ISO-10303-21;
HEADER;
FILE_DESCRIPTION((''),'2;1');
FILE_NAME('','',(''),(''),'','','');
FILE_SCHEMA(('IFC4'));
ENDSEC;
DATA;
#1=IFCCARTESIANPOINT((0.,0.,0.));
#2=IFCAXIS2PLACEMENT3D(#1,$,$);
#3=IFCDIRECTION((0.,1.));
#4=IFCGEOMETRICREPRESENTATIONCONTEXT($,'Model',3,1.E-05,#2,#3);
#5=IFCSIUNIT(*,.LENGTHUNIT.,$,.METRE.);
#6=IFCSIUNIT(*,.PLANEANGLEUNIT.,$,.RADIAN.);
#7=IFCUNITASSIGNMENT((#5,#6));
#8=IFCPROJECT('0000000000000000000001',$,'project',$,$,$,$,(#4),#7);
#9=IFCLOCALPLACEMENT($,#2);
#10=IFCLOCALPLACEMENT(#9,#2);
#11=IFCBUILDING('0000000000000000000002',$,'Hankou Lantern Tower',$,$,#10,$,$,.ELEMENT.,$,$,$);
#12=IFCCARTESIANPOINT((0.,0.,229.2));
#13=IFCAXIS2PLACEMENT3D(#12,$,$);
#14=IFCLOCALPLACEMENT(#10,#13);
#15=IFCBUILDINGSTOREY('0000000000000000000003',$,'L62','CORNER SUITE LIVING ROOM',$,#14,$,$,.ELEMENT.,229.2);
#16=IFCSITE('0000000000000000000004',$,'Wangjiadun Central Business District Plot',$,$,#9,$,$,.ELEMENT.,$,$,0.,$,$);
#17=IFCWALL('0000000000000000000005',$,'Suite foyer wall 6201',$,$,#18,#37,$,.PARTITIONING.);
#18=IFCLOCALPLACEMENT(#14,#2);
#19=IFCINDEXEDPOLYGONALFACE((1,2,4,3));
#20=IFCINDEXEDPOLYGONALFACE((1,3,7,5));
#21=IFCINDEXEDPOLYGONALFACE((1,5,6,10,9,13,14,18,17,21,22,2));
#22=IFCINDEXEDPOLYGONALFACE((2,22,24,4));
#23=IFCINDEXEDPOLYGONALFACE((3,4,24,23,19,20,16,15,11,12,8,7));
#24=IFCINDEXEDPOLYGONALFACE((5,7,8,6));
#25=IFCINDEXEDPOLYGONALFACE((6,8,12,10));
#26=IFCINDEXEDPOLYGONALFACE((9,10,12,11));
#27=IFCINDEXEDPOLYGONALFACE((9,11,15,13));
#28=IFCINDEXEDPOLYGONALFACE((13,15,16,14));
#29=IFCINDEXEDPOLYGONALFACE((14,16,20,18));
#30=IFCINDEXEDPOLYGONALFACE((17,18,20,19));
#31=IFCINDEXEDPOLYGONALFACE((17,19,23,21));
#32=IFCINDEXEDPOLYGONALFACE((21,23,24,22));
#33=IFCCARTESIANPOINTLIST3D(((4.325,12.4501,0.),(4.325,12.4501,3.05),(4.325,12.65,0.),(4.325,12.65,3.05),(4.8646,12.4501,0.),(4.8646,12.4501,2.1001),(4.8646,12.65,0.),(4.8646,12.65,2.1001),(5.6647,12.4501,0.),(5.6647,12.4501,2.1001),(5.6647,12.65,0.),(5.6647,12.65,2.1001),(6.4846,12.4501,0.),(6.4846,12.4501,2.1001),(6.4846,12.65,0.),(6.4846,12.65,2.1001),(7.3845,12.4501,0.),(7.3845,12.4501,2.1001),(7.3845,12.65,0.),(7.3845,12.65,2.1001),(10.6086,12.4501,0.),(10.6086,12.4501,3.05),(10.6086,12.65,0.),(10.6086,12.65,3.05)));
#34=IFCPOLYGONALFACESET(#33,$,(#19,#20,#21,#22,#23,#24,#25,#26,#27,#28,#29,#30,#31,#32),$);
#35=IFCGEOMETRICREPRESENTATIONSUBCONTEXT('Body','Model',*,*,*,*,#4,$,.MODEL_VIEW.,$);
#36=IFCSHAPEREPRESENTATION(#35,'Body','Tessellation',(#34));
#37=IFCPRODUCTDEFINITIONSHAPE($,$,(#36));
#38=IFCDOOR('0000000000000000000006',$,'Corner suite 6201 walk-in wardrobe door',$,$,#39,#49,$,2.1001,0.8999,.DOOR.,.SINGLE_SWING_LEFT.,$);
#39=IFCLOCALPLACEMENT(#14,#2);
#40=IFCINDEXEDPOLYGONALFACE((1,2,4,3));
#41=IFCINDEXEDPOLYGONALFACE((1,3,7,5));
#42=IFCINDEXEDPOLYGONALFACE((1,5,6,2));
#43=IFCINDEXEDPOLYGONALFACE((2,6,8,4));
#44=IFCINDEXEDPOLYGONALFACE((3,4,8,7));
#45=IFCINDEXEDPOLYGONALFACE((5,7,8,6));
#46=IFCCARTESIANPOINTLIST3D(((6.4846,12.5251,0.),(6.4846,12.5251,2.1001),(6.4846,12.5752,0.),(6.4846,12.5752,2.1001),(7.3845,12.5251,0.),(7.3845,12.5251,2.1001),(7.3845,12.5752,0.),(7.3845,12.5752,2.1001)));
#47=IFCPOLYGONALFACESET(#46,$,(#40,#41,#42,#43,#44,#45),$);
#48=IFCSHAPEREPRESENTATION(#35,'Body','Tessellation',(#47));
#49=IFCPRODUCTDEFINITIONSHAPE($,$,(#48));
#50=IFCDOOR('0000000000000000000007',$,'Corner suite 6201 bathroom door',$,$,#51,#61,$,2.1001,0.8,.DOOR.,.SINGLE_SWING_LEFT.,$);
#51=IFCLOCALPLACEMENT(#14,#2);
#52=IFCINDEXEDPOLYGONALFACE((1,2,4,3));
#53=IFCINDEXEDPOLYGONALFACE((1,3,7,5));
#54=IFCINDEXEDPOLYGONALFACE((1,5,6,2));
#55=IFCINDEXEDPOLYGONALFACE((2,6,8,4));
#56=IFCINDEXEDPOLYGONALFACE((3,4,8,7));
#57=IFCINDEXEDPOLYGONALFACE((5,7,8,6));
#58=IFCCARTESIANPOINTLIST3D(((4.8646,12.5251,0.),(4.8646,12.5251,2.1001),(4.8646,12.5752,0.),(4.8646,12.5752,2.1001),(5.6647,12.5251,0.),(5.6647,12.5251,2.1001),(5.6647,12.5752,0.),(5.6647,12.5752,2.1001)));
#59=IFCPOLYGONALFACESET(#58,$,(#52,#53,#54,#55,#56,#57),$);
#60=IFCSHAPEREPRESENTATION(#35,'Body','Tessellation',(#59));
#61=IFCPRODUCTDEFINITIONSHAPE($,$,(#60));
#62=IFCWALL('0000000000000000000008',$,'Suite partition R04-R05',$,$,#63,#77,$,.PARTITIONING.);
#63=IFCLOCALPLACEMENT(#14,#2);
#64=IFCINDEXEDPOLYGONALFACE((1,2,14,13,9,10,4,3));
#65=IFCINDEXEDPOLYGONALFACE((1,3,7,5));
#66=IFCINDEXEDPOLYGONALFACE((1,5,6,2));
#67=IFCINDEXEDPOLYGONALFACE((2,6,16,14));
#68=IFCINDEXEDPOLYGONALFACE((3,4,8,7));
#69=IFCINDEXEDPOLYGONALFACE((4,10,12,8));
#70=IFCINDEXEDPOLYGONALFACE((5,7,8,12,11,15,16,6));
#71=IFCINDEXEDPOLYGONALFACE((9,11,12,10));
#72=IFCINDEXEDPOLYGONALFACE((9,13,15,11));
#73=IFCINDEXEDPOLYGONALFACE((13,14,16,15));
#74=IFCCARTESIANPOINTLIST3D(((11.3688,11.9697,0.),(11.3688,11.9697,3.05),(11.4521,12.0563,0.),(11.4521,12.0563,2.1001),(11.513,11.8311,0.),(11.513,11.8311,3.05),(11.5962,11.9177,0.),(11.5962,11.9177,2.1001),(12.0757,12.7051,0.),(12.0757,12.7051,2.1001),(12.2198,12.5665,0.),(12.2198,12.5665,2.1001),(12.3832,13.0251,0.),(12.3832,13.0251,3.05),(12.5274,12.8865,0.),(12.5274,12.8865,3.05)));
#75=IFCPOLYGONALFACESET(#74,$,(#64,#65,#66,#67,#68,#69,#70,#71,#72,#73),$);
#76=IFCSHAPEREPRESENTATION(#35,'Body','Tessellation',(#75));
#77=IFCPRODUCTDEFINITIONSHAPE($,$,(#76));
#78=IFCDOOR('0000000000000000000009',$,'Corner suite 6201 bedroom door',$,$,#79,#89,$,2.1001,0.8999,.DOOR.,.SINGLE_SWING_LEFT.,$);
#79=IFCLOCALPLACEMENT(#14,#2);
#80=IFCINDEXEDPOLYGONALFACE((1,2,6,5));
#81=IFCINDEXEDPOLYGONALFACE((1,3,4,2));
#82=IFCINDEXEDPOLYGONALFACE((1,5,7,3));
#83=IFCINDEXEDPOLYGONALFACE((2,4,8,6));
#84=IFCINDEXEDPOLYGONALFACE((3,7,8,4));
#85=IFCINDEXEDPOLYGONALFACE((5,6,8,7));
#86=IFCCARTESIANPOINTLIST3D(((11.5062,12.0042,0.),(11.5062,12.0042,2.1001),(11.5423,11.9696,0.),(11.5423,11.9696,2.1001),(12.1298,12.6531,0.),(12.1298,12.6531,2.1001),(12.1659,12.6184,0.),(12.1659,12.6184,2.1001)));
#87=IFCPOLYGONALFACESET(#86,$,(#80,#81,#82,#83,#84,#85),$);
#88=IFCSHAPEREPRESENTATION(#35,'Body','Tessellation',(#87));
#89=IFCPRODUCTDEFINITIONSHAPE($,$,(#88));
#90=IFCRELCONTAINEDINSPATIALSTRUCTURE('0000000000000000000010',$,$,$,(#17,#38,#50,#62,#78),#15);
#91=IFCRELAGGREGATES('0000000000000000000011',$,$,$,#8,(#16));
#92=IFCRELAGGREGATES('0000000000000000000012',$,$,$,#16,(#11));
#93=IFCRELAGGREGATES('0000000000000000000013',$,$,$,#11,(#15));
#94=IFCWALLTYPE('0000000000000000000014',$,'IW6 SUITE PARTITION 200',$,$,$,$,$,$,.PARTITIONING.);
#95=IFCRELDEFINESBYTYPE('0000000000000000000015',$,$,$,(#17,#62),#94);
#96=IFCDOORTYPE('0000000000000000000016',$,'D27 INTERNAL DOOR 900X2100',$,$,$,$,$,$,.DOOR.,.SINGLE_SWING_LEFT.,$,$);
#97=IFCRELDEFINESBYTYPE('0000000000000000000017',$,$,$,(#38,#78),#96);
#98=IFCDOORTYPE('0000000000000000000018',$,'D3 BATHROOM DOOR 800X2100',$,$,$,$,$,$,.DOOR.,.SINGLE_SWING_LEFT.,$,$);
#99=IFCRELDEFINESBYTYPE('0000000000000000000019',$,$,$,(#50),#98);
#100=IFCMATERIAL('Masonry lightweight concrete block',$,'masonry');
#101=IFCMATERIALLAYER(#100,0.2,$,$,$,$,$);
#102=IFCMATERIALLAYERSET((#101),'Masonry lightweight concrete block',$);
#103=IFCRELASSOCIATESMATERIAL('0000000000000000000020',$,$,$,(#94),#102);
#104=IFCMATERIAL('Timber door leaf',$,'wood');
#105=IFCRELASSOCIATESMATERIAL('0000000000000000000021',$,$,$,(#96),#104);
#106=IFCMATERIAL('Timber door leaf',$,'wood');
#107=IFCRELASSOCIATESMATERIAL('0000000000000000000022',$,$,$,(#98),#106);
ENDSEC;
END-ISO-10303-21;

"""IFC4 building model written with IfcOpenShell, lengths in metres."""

from ifc_helpers import new_model, si_unit, direction, frame, frame_2d, origin, place, context, subcontext, project, spatial, rectangle, extrude, material, layer, layer_set, type_object, element, fill, save


model = new_model("IFC4")

# Units and contexts
model_context = context("Model", 3, precision=1e-05, world=origin(), true_north=direction((0.0, 1.0)))
body_context = subcontext(model_context, "Body", "Model", "MODEL_VIEW")
ifc_project = project(units=[si_unit("LENGTHUNIT", "METRE"), si_unit("PLANEANGLEUNIT", "RADIAN")], contexts=[model_context])

# Site, building, storey
site_placement = place(None, origin())
site = spatial("IfcSite", under=ifc_project, at=site_placement, Name="Wangjiadun Central Business District Plot", CompositionType="ELEMENT", RefElevation=0.0)
building_placement = place(site_placement, origin())
building = spatial("IfcBuilding", under=site, at=building_placement, Name="Hankou Lantern Tower", CompositionType="ELEMENT")
storey_placement = place(building_placement, frame((0.0, 0.0, 229.2)))
storey = spatial("IfcBuildingStorey", under=building, at=storey_placement, Name="L62", Description="CORNER SUITE LIVING ROOM", CompositionType="ELEMENT", Elevation=229.2)

# Shared definitions
ifc_material_1 = material(Name="Masonry lightweight concrete block", Category="masonry")
ifc_layer_1 = layer(ifc_material_1, 0.2)
ifc_layer_set_1 = layer_set([ifc_layer_1], Name="Masonry lightweight concrete block")
wall_type_1 = type_object("IfcWallType", Name="IW6 SUITE PARTITION 200", PredefinedType="PARTITIONING", material=ifc_layer_set_1)

# Wall, openings, doors
wall_1_placement = place(storey_placement, frame((10.6086, 12.55, 0.0), z_axis=(0.0, 0.0, 1.0), x_axis=(-1.0, 0.0, 0.0)))
wall_1 = element("IfcWall", 1, at=wall_1_placement, inside=storey, type_object=wall_type_1, Name="Suite foyer wall 6201", PredefinedType="PARTITIONING", context=body_context, shape_type="SweptSolid", body=[
    extrude(rectangle(XDim=6.2837, YDim=0.2, at=frame_2d((3.1418, 0.0))), origin(), (0.0, 0.0, 1.0), 3.05),
])
opening_1_placement = place(wall_1_placement, frame((3.2241, 0.0, 0.0)))
opening_1 = element("IfcOpeningElement", 2, at=opening_1_placement, cuts=wall_1, PredefinedType="OPENING", context=body_context, shape_type="SweptSolid", body=[
    extrude(rectangle(XDim=0.8999, YDim=2.1001, at=frame_2d((0.45, 1.05))), frame((0.0, 0.1099, 0.0), z_axis=(0.0, -1.0, 0.0), x_axis=(1.0, 0.0, 0.0)), (0.0, 0.0, 1.0), 0.22),
])
opening_2_placement = place(wall_1_placement, frame((4.9441, 0.0, 0.0)))
opening_2 = element("IfcOpeningElement", 3, at=opening_2_placement, cuts=wall_1, PredefinedType="OPENING", context=body_context, shape_type="SweptSolid", body=[
    extrude(rectangle(XDim=0.8, YDim=2.1001, at=frame_2d((0.3999, 1.05))), frame((0.0, 0.1099, 0.0), z_axis=(0.0, -1.0, 0.0), x_axis=(1.0, 0.0, 0.0)), (0.0, 0.0, 1.0), 0.22),
])
ifc_material_2 = material(Name="Timber door leaf", Category="wood")
door_type_1 = type_object("IfcDoorType", Name="D27 INTERNAL DOOR 900X2100", OperationType="SINGLE_SWING_LEFT", PredefinedType="DOOR", material=ifc_material_2)
door_1_placement = place(opening_1_placement, origin())
door_1 = element("IfcDoor", 4, at=door_1_placement, inside=storey, type_object=door_type_1, Name="Corner suite 6201 walk-in wardrobe door", OperationType="SINGLE_SWING_LEFT", OverallHeight=2.1001, OverallWidth=0.8999, PredefinedType="DOOR", context=body_context, shape_type="SweptSolid", body=[
    extrude(rectangle(XDim=0.8999, YDim=2.1001, at=frame_2d((0.45, 1.05))), frame((0.0, 0.0249, 0.0), z_axis=(0.0, -1.0, 0.0), x_axis=(1.0, 0.0, 0.0)), (0.0, 0.0, 1.0), 0.05),
])
fill(opening_1, door_1)
ifc_material_3 = material(Name="Timber door leaf", Category="wood")
door_type_2 = type_object("IfcDoorType", Name="D3 BATHROOM DOOR 800X2100", OperationType="SINGLE_SWING_LEFT", PredefinedType="DOOR", material=ifc_material_3)
door_2_placement = place(opening_2_placement, origin())
door_2 = element("IfcDoor", 5, at=door_2_placement, inside=storey, type_object=door_type_2, Name="Corner suite 6201 bathroom door", OperationType="SINGLE_SWING_LEFT", OverallHeight=2.1001, OverallWidth=0.8, PredefinedType="DOOR", context=body_context, shape_type="SweptSolid", body=[
    extrude(rectangle(XDim=0.8, YDim=2.1001, at=frame_2d((0.3999, 1.05))), frame((0.0, 0.0249, 0.0), z_axis=(0.0, -1.0, 0.0), x_axis=(1.0, 0.0, 0.0)), (0.0, 0.0, 1.0), 0.05),
])
fill(opening_2, door_2)

# Wall, opening, door
wall_2_placement = place(storey_placement, frame((11.4409, 11.9004, 0.0), z_axis=(0.0, 0.0, 1.0), x_axis=(0.692959, 0.720977, 0.0)))
wall_2 = element("IfcWall", 6, at=wall_2_placement, inside=storey, type_object=wall_type_1, Name="Suite partition R04-R05", PredefinedType="PARTITIONING", context=body_context, shape_type="SweptSolid", body=[
    extrude(rectangle(XDim=1.4639, YDim=0.2, at=frame_2d((0.7319, 0.0))), origin(), (0.0, 0.0, 1.0), 3.05),
])
opening_3_placement = place(wall_2_placement, frame((0.1201, 0.0, 0.0)))
opening_3 = element("IfcOpeningElement", 7, at=opening_3_placement, cuts=wall_2, PredefinedType="OPENING", context=body_context, shape_type="SweptSolid", body=[
    extrude(rectangle(XDim=0.8999, YDim=2.1001, at=frame_2d((0.45, 1.05))), frame((0.0, 0.1099, 0.0), z_axis=(0.0, -1.0, 0.0), x_axis=(1.0, 0.0, 0.0)), (0.0, 0.0, 1.0), 0.22),
])
door_3_placement = place(opening_3_placement, origin())
door_3 = element("IfcDoor", 8, at=door_3_placement, inside=storey, type_object=door_type_1, Name="Corner suite 6201 bedroom door", OperationType="SINGLE_SWING_LEFT", OverallHeight=2.1001, OverallWidth=0.8999, PredefinedType="DOOR", context=body_context, shape_type="SweptSolid", body=[
    extrude(rectangle(XDim=0.8999, YDim=2.1001, at=frame_2d((0.45, 1.05))), frame((0.0, 0.0249, 0.0), z_axis=(0.0, -1.0, 0.0), x_axis=(1.0, 0.0, 0.0)), (0.0, 0.0, 1.0), 0.05),
])
fill(opening_3, door_3)

save(model, "model.ifc")
